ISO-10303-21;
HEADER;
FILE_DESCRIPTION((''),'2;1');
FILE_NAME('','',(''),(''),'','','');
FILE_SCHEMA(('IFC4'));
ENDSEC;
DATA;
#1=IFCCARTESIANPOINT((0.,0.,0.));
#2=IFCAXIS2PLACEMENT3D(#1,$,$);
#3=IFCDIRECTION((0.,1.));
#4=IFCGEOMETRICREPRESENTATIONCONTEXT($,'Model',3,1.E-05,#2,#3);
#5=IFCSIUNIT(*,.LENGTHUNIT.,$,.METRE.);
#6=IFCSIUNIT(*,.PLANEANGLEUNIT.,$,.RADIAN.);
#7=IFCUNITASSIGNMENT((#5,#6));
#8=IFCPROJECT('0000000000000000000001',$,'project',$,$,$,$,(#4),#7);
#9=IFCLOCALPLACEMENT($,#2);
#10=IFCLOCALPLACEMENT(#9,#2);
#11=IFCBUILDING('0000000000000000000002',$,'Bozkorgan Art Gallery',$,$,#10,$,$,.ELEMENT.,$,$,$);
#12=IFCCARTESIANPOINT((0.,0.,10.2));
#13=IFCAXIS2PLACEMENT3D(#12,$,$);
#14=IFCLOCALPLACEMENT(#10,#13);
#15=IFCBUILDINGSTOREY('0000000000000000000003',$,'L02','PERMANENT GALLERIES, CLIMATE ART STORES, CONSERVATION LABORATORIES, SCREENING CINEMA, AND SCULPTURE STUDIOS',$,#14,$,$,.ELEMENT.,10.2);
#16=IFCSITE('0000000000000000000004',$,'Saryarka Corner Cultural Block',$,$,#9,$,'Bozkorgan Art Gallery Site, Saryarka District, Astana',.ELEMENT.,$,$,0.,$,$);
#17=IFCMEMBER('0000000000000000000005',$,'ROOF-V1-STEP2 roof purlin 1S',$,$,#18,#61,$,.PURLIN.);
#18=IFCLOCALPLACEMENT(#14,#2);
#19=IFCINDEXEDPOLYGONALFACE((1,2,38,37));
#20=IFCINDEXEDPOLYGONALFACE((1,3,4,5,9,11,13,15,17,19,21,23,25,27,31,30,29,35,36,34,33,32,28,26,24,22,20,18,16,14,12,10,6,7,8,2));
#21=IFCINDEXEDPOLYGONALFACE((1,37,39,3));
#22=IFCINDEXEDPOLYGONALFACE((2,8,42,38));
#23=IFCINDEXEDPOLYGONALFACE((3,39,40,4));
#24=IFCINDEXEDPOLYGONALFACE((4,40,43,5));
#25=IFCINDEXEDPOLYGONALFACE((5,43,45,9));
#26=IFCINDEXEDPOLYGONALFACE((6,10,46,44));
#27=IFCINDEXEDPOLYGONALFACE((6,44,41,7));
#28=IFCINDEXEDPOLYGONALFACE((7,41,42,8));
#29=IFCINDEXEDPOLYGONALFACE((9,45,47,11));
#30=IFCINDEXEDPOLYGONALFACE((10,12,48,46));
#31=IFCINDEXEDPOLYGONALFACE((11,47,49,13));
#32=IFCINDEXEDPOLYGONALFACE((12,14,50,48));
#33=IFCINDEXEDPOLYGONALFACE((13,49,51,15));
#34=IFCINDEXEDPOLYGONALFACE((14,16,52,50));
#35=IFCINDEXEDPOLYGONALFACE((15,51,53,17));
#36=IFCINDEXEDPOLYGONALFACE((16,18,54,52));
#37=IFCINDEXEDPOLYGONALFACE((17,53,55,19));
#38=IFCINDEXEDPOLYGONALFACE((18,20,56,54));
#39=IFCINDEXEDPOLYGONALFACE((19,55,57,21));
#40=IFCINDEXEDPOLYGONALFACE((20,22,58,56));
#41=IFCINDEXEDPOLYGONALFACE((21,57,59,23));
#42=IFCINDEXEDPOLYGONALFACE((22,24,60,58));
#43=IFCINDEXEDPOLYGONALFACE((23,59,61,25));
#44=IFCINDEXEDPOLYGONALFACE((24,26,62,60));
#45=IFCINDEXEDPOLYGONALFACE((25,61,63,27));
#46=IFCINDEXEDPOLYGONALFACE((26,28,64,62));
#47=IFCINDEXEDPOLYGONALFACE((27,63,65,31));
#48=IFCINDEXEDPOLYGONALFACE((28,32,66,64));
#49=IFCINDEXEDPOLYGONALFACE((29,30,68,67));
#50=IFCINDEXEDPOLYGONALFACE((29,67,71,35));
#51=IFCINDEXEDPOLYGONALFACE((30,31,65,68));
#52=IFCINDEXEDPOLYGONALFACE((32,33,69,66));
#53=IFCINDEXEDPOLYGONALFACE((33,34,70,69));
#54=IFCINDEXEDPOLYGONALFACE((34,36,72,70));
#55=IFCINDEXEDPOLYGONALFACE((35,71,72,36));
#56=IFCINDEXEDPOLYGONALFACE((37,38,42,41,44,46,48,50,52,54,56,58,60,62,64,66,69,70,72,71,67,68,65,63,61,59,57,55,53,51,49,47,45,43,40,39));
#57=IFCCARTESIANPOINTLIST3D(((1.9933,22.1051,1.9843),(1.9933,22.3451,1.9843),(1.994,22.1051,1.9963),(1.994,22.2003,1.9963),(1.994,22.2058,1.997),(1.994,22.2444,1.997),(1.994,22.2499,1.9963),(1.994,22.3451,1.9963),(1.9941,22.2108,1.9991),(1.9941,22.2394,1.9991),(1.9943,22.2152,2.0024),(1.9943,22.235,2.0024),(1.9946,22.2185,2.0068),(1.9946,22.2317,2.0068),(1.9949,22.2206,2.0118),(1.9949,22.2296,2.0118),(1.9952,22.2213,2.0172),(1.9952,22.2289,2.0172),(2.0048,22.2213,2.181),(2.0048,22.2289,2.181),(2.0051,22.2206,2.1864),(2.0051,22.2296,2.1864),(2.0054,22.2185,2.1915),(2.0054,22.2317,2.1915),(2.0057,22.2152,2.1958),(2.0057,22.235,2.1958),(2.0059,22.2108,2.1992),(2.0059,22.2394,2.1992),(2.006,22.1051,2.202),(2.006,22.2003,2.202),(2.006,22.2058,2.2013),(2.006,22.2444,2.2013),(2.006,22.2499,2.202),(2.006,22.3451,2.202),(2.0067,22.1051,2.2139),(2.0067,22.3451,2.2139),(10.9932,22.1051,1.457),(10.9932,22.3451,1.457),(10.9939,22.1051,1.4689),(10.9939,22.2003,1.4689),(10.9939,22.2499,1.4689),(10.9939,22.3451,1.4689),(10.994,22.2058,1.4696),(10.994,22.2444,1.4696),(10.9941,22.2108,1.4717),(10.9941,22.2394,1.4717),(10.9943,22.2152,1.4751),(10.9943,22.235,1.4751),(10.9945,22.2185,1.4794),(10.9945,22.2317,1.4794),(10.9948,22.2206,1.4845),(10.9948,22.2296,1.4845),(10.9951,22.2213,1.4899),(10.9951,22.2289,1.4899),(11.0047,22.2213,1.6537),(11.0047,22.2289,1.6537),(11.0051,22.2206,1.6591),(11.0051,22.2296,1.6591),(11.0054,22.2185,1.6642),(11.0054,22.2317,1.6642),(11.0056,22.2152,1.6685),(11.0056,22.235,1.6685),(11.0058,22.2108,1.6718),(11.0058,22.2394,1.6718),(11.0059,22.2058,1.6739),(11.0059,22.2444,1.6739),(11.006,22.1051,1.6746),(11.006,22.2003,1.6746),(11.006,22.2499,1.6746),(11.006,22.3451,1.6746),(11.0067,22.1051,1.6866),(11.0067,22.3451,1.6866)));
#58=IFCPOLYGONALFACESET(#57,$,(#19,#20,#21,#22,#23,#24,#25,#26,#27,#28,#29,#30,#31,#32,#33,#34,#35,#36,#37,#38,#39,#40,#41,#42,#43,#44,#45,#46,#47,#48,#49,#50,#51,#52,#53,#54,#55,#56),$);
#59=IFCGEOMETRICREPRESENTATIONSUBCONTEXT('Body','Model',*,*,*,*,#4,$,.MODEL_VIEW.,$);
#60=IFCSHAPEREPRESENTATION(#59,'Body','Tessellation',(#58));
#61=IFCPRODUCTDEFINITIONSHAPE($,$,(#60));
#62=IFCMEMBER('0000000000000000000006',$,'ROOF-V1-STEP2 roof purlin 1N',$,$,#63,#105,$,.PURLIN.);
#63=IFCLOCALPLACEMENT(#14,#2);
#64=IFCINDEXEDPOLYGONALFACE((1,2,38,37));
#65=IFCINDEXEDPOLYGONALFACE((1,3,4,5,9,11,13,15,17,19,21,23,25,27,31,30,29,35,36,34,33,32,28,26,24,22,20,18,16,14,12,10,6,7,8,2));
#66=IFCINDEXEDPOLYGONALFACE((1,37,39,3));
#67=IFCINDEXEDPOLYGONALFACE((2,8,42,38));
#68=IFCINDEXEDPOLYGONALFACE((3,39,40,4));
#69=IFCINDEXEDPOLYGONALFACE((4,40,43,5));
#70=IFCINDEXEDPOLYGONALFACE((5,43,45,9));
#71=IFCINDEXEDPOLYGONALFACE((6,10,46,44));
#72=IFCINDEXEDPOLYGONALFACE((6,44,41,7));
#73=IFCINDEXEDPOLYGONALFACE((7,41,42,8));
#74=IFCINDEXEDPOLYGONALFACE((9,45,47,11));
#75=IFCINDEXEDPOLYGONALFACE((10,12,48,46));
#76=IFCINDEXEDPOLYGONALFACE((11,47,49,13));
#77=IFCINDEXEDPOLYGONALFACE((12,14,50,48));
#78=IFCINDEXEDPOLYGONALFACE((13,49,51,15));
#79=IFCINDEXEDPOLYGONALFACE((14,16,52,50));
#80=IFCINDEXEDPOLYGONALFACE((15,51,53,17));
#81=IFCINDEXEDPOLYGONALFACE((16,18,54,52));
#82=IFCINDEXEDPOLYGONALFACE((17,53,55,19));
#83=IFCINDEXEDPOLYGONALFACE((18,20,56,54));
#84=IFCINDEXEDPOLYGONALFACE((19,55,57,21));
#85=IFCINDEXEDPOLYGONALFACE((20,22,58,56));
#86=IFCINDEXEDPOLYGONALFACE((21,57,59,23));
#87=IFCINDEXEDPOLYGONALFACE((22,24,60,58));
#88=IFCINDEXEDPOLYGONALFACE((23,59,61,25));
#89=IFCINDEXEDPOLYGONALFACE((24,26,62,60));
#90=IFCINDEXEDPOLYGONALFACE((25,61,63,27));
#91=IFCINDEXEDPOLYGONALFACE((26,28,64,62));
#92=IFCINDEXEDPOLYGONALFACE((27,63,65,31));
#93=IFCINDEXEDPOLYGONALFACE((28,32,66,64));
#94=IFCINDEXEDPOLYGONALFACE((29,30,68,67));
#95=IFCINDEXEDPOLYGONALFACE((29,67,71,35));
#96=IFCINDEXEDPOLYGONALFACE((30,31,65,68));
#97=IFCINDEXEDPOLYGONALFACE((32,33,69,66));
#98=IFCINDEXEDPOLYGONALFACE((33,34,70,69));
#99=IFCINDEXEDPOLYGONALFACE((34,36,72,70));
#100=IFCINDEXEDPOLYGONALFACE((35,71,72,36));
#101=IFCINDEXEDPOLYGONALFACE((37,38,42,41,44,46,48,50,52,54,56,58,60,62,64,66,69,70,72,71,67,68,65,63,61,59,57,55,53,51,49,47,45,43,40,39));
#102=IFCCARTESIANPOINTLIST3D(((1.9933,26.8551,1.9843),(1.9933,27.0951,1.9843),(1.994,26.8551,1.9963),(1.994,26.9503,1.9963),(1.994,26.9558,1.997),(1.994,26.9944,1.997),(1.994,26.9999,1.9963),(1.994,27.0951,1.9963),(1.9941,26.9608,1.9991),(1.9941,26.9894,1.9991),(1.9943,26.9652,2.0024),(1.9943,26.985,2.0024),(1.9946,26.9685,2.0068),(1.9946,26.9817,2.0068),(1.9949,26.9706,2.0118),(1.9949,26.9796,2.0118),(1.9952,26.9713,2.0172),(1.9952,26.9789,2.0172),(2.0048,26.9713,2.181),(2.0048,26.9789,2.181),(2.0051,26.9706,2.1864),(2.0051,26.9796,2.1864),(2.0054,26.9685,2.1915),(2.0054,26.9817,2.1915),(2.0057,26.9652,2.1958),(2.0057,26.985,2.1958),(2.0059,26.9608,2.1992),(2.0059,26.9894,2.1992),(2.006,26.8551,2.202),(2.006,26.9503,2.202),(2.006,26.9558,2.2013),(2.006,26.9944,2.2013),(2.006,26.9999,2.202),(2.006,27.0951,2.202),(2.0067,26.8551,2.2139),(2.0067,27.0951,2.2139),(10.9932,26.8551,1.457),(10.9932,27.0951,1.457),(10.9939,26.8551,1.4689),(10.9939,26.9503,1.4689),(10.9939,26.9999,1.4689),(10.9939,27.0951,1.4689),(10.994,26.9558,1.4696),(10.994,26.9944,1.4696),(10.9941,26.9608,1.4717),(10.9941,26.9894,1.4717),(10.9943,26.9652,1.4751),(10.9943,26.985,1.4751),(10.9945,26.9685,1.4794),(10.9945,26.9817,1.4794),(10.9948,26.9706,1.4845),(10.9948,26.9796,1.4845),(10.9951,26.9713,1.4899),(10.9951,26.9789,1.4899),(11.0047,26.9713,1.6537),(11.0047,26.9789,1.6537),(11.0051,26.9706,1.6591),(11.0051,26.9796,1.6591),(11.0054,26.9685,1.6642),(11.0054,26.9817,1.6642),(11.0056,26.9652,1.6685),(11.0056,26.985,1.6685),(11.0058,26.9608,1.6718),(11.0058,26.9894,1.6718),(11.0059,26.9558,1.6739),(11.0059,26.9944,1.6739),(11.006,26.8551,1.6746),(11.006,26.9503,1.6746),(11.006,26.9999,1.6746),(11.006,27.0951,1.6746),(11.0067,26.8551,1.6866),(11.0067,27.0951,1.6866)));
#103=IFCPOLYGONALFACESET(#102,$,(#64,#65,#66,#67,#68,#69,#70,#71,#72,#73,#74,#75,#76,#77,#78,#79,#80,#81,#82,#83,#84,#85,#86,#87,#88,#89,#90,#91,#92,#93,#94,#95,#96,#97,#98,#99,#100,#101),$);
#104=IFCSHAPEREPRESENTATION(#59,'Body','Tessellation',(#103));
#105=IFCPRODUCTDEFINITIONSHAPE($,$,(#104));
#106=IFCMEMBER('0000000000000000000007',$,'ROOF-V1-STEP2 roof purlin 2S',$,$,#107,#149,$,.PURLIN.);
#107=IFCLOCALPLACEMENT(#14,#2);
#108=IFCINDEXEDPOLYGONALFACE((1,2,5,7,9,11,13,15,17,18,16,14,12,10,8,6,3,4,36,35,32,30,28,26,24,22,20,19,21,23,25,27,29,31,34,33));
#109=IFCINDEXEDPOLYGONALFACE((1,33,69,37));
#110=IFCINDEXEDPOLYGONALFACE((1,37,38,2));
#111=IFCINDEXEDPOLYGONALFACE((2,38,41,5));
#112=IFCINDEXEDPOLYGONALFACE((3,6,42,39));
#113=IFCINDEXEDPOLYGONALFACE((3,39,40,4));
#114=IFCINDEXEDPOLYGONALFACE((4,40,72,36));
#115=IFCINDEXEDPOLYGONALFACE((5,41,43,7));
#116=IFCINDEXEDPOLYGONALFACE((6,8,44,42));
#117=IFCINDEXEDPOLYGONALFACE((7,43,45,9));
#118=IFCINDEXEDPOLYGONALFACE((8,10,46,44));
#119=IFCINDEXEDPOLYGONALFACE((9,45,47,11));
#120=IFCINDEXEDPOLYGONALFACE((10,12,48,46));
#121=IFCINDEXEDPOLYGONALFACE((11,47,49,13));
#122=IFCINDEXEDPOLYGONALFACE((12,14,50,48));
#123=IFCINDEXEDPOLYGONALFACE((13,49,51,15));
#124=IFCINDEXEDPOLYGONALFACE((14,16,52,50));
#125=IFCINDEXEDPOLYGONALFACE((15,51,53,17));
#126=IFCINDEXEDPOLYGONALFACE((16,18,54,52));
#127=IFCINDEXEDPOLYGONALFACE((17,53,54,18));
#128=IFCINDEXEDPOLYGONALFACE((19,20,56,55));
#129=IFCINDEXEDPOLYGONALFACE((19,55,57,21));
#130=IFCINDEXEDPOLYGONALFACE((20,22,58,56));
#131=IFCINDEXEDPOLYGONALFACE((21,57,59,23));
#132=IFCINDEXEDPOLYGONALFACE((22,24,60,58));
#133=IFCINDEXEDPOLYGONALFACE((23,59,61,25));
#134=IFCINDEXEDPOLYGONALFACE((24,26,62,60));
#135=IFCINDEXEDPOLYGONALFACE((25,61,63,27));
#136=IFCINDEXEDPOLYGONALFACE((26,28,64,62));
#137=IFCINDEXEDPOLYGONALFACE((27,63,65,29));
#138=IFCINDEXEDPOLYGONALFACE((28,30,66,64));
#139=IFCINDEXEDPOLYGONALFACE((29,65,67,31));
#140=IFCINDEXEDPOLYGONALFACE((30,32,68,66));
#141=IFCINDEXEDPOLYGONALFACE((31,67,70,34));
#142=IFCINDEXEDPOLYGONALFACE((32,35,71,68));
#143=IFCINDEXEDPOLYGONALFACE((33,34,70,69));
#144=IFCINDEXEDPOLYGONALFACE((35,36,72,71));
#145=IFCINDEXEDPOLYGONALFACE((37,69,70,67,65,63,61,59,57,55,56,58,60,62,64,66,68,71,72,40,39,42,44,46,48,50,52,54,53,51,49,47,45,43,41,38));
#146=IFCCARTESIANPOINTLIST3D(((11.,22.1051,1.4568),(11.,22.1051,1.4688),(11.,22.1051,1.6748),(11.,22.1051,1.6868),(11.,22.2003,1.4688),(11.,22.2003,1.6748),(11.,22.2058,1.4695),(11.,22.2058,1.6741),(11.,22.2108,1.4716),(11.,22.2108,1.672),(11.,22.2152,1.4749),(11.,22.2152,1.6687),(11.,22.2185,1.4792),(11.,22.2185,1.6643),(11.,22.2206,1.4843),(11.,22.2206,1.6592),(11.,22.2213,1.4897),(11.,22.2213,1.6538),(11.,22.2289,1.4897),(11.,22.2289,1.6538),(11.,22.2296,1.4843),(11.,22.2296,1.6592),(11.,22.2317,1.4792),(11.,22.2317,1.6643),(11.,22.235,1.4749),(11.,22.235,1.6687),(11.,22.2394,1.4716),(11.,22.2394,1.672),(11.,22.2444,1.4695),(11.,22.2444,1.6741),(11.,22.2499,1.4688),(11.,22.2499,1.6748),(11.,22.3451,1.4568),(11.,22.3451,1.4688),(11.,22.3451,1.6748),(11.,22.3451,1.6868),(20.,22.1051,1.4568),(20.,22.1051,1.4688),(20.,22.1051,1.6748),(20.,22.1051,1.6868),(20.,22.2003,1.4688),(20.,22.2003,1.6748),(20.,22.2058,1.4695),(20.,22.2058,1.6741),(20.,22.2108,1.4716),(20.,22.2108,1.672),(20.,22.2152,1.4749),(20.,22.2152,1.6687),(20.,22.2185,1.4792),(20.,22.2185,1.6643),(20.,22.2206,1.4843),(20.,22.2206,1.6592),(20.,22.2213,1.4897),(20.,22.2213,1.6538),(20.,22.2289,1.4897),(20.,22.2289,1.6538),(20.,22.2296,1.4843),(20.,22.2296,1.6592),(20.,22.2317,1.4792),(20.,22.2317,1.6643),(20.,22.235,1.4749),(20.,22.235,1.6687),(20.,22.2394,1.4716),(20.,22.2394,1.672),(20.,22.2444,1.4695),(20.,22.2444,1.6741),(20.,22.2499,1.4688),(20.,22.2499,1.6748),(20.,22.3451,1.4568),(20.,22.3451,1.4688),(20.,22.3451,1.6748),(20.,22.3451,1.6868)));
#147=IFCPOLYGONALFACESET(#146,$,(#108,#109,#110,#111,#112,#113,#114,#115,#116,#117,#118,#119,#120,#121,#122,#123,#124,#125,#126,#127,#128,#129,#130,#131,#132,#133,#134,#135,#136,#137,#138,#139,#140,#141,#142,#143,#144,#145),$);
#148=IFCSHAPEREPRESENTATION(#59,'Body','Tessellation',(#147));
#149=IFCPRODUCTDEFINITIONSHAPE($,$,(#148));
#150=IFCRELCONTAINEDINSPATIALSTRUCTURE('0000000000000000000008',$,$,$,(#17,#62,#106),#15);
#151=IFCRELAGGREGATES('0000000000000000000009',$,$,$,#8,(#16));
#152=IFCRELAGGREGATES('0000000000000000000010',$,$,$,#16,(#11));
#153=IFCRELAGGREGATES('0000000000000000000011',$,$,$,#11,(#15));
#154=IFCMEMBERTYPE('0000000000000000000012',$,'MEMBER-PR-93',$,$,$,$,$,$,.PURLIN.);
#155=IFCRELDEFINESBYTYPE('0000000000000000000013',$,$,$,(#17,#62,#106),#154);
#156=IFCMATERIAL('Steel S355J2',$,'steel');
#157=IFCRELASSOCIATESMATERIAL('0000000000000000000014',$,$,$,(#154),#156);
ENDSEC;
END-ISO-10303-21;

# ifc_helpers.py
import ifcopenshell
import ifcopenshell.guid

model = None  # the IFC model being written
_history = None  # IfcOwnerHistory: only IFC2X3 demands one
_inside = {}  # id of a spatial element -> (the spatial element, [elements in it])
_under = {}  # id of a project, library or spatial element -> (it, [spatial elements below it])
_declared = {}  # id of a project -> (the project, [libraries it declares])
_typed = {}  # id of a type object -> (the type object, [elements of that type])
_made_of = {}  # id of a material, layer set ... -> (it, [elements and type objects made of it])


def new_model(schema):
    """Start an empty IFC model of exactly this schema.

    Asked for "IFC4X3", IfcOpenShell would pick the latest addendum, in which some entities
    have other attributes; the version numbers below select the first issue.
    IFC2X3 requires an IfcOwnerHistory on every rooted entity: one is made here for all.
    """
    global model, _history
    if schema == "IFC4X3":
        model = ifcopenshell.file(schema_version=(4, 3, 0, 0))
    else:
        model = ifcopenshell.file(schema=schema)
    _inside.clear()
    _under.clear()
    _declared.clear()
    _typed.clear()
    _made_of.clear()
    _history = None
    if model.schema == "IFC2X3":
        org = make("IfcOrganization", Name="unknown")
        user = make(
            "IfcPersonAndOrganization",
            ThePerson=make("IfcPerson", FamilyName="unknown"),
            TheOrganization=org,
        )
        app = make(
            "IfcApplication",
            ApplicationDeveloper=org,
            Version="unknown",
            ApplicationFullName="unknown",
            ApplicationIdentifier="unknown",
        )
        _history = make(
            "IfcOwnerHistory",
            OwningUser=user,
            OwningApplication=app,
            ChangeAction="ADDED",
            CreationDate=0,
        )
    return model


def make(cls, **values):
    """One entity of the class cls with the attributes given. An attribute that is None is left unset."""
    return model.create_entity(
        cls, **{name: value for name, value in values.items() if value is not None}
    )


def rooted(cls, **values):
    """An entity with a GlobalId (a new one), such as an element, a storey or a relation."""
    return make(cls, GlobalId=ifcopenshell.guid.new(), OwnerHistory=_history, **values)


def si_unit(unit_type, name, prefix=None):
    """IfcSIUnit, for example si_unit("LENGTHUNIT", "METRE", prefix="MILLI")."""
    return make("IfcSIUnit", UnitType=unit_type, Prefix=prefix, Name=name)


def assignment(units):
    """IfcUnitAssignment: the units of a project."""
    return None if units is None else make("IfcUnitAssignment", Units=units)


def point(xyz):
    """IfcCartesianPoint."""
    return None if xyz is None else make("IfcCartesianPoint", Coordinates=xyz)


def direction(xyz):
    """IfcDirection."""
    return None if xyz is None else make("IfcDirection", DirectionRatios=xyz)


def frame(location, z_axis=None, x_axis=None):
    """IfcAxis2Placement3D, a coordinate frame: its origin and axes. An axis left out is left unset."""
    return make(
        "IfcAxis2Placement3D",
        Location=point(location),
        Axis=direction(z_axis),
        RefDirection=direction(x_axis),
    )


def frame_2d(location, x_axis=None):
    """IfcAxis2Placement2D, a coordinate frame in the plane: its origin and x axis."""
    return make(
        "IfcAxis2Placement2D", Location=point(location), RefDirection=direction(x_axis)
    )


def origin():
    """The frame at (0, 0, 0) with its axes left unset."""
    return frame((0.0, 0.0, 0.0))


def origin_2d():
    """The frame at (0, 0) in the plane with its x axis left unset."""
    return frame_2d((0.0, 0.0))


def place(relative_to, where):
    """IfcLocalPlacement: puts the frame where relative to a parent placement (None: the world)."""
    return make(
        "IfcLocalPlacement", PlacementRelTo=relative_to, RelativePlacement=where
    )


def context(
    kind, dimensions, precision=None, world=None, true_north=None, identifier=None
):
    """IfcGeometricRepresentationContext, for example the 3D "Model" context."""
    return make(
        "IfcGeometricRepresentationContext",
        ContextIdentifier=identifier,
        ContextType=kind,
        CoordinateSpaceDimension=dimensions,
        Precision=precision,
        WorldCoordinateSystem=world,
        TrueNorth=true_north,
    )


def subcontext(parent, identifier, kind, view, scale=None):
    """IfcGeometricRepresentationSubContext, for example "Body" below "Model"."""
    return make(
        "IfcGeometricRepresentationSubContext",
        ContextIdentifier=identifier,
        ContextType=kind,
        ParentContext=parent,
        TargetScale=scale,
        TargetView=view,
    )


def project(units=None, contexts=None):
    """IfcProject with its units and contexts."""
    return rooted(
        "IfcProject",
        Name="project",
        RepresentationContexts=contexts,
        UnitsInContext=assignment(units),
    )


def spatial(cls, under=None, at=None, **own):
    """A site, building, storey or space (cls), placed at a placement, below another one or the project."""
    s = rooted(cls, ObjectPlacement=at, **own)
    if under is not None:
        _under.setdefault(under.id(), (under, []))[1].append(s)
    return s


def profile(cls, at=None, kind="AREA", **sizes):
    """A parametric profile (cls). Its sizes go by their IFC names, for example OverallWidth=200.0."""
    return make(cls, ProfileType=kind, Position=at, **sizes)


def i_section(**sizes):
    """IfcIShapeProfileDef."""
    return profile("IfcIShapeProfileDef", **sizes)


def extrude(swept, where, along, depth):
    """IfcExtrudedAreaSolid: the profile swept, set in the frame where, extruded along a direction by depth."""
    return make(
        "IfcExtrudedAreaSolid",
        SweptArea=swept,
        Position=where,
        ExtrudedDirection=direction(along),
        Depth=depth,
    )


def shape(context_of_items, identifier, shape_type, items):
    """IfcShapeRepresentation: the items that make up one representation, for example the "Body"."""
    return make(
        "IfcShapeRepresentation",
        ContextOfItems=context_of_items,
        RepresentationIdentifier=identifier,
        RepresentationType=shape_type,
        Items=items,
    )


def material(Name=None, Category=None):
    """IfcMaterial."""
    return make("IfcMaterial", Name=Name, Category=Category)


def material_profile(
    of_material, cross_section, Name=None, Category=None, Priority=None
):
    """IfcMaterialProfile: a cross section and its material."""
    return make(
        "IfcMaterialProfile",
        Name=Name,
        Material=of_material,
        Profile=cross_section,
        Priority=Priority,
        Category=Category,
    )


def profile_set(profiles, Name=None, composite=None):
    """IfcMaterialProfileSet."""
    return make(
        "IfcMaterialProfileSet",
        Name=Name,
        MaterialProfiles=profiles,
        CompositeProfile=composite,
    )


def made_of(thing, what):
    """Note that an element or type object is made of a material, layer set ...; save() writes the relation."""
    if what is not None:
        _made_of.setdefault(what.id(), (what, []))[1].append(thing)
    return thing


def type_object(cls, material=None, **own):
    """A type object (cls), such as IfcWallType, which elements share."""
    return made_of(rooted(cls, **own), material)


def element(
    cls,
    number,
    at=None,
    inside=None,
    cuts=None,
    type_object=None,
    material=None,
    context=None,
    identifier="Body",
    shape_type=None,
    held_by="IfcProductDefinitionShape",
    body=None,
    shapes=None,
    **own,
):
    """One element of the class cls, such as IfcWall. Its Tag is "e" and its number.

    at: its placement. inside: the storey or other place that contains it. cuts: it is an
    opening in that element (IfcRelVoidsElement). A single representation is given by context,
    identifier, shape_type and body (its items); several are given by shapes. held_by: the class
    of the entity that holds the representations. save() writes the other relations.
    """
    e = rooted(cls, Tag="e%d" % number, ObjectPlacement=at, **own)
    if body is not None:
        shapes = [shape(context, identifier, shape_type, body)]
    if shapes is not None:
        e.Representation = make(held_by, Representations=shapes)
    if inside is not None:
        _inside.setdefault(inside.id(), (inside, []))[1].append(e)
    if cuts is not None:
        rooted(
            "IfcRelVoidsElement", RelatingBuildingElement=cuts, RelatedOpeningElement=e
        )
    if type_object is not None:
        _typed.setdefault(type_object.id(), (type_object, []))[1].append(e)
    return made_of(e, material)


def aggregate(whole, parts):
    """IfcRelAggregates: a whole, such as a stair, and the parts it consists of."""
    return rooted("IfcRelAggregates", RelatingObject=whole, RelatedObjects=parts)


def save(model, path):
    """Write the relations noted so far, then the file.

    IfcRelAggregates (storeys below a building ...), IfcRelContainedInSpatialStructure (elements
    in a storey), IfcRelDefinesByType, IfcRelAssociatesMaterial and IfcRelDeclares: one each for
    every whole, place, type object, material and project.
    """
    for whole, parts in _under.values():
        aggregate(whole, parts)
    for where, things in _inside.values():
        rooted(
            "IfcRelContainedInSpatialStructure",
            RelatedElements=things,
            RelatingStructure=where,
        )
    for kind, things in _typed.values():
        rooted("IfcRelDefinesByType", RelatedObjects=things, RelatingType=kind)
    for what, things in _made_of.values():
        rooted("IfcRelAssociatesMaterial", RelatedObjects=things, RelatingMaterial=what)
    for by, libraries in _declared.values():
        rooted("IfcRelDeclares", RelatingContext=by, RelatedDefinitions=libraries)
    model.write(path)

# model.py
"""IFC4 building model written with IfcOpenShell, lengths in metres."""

from ifc_helpers import new_model, si_unit, direction, frame, origin, origin_2d, place, context, subcontext, project, spatial, i_section, extrude, material, material_profile, profile_set, type_object, element, save


model = new_model("IFC4")

# Units and contexts
model_context = context("Model", 3, precision=1e-05, world=origin(), true_north=direction((0.0, 1.0)))
body_context = subcontext(model_context, "Body", "Model", "MODEL_VIEW")
ifc_project = project(units=[si_unit("LENGTHUNIT", "METRE"), si_unit("PLANEANGLEUNIT", "RADIAN")], contexts=[model_context])

# Site, building, storey
site_placement = place(None, origin())
site = spatial("IfcSite", under=ifc_project, at=site_placement, Name="Saryarka Corner Cultural Block", LongName="Bozkorgan Art Gallery Site, Saryarka District, Astana", CompositionType="ELEMENT", RefElevation=0.0)
building_placement = place(site_placement, origin())
building = spatial("IfcBuilding", under=site, at=building_placement, Name="Bozkorgan Art Gallery", CompositionType="ELEMENT")
storey_placement = place(building_placement, frame((0.0, 0.0, 10.2)))
storey = spatial("IfcBuildingStorey", under=building, at=storey_placement, Name="L02", Description="PERMANENT GALLERIES, CLIMATE ART STORES, CONSERVATION LABORATORIES, SCREENING CINEMA, AND SCULPTURE STUDIOS", CompositionType="ELEMENT", Elevation=10.2)

# Members
ifc_material_1 = material(Name="Steel S355J2", Category="steel")
ifc_material_profile_1 = material_profile(ifc_material_1, i_section(OverallWidth=0.24, OverallDepth=0.23, WebThickness=0.0076, FlangeThickness=0.012, FilletRadius=0.021, at=origin_2d()), Name="HEA 240")
ifc_profile_set_1 = profile_set([ifc_material_profile_1], Name="Steel S355J2")
member_type_1 = type_object("IfcMemberType", Name="MEMBER-PR-93", PredefinedType="PURLIN", material=ifc_profile_set_1)
for number, where, z_axis, x_axis, name in (
    (1, (2.0, 22.2251, 2.0991), (0.998288, 0.0, -0.058493), (0.0, 1.0, 0.0), "ROOF-V1-STEP2 roof purlin 1S"),
    (2, (2.0, 26.9751, 2.0991), (0.998288, 0.0, -0.058493), (0.0, 1.0, 0.0), "ROOF-V1-STEP2 roof purlin 1N"),
):
    element("IfcMember", number, at=place(storey_placement, frame(where, z_axis=z_axis, x_axis=x_axis)), inside=storey, type_object=member_type_1, Name=name, PredefinedType="PURLIN", context=body_context, shape_type="SweptSolid", body=[
        extrude(i_section(OverallWidth=0.24, OverallDepth=0.23, WebThickness=0.0076, FlangeThickness=0.012, FilletRadius=0.021, at=origin_2d()), origin(), (0.0, 0.0, 1.0), 9.0154),
    ])
member_1_placement = place(storey_placement, frame((11.0, 22.2251, 1.5718), z_axis=(1.0, 0.0, 0.0), x_axis=(0.0, 1.0, 0.0)))
element("IfcMember", 3, at=member_1_placement, inside=storey, type_object=member_type_1, Name="ROOF-V1-STEP2 roof purlin 2S", PredefinedType="PURLIN", context=body_context, shape_type="SweptSolid", body=[
    extrude(i_section(OverallWidth=0.24, OverallDepth=0.23, WebThickness=0.0076, FlangeThickness=0.012, FilletRadius=0.021, at=origin_2d()), origin(), (0.0, 0.0, 1.0), 9.0),
])

save(model, "model.ifc")
